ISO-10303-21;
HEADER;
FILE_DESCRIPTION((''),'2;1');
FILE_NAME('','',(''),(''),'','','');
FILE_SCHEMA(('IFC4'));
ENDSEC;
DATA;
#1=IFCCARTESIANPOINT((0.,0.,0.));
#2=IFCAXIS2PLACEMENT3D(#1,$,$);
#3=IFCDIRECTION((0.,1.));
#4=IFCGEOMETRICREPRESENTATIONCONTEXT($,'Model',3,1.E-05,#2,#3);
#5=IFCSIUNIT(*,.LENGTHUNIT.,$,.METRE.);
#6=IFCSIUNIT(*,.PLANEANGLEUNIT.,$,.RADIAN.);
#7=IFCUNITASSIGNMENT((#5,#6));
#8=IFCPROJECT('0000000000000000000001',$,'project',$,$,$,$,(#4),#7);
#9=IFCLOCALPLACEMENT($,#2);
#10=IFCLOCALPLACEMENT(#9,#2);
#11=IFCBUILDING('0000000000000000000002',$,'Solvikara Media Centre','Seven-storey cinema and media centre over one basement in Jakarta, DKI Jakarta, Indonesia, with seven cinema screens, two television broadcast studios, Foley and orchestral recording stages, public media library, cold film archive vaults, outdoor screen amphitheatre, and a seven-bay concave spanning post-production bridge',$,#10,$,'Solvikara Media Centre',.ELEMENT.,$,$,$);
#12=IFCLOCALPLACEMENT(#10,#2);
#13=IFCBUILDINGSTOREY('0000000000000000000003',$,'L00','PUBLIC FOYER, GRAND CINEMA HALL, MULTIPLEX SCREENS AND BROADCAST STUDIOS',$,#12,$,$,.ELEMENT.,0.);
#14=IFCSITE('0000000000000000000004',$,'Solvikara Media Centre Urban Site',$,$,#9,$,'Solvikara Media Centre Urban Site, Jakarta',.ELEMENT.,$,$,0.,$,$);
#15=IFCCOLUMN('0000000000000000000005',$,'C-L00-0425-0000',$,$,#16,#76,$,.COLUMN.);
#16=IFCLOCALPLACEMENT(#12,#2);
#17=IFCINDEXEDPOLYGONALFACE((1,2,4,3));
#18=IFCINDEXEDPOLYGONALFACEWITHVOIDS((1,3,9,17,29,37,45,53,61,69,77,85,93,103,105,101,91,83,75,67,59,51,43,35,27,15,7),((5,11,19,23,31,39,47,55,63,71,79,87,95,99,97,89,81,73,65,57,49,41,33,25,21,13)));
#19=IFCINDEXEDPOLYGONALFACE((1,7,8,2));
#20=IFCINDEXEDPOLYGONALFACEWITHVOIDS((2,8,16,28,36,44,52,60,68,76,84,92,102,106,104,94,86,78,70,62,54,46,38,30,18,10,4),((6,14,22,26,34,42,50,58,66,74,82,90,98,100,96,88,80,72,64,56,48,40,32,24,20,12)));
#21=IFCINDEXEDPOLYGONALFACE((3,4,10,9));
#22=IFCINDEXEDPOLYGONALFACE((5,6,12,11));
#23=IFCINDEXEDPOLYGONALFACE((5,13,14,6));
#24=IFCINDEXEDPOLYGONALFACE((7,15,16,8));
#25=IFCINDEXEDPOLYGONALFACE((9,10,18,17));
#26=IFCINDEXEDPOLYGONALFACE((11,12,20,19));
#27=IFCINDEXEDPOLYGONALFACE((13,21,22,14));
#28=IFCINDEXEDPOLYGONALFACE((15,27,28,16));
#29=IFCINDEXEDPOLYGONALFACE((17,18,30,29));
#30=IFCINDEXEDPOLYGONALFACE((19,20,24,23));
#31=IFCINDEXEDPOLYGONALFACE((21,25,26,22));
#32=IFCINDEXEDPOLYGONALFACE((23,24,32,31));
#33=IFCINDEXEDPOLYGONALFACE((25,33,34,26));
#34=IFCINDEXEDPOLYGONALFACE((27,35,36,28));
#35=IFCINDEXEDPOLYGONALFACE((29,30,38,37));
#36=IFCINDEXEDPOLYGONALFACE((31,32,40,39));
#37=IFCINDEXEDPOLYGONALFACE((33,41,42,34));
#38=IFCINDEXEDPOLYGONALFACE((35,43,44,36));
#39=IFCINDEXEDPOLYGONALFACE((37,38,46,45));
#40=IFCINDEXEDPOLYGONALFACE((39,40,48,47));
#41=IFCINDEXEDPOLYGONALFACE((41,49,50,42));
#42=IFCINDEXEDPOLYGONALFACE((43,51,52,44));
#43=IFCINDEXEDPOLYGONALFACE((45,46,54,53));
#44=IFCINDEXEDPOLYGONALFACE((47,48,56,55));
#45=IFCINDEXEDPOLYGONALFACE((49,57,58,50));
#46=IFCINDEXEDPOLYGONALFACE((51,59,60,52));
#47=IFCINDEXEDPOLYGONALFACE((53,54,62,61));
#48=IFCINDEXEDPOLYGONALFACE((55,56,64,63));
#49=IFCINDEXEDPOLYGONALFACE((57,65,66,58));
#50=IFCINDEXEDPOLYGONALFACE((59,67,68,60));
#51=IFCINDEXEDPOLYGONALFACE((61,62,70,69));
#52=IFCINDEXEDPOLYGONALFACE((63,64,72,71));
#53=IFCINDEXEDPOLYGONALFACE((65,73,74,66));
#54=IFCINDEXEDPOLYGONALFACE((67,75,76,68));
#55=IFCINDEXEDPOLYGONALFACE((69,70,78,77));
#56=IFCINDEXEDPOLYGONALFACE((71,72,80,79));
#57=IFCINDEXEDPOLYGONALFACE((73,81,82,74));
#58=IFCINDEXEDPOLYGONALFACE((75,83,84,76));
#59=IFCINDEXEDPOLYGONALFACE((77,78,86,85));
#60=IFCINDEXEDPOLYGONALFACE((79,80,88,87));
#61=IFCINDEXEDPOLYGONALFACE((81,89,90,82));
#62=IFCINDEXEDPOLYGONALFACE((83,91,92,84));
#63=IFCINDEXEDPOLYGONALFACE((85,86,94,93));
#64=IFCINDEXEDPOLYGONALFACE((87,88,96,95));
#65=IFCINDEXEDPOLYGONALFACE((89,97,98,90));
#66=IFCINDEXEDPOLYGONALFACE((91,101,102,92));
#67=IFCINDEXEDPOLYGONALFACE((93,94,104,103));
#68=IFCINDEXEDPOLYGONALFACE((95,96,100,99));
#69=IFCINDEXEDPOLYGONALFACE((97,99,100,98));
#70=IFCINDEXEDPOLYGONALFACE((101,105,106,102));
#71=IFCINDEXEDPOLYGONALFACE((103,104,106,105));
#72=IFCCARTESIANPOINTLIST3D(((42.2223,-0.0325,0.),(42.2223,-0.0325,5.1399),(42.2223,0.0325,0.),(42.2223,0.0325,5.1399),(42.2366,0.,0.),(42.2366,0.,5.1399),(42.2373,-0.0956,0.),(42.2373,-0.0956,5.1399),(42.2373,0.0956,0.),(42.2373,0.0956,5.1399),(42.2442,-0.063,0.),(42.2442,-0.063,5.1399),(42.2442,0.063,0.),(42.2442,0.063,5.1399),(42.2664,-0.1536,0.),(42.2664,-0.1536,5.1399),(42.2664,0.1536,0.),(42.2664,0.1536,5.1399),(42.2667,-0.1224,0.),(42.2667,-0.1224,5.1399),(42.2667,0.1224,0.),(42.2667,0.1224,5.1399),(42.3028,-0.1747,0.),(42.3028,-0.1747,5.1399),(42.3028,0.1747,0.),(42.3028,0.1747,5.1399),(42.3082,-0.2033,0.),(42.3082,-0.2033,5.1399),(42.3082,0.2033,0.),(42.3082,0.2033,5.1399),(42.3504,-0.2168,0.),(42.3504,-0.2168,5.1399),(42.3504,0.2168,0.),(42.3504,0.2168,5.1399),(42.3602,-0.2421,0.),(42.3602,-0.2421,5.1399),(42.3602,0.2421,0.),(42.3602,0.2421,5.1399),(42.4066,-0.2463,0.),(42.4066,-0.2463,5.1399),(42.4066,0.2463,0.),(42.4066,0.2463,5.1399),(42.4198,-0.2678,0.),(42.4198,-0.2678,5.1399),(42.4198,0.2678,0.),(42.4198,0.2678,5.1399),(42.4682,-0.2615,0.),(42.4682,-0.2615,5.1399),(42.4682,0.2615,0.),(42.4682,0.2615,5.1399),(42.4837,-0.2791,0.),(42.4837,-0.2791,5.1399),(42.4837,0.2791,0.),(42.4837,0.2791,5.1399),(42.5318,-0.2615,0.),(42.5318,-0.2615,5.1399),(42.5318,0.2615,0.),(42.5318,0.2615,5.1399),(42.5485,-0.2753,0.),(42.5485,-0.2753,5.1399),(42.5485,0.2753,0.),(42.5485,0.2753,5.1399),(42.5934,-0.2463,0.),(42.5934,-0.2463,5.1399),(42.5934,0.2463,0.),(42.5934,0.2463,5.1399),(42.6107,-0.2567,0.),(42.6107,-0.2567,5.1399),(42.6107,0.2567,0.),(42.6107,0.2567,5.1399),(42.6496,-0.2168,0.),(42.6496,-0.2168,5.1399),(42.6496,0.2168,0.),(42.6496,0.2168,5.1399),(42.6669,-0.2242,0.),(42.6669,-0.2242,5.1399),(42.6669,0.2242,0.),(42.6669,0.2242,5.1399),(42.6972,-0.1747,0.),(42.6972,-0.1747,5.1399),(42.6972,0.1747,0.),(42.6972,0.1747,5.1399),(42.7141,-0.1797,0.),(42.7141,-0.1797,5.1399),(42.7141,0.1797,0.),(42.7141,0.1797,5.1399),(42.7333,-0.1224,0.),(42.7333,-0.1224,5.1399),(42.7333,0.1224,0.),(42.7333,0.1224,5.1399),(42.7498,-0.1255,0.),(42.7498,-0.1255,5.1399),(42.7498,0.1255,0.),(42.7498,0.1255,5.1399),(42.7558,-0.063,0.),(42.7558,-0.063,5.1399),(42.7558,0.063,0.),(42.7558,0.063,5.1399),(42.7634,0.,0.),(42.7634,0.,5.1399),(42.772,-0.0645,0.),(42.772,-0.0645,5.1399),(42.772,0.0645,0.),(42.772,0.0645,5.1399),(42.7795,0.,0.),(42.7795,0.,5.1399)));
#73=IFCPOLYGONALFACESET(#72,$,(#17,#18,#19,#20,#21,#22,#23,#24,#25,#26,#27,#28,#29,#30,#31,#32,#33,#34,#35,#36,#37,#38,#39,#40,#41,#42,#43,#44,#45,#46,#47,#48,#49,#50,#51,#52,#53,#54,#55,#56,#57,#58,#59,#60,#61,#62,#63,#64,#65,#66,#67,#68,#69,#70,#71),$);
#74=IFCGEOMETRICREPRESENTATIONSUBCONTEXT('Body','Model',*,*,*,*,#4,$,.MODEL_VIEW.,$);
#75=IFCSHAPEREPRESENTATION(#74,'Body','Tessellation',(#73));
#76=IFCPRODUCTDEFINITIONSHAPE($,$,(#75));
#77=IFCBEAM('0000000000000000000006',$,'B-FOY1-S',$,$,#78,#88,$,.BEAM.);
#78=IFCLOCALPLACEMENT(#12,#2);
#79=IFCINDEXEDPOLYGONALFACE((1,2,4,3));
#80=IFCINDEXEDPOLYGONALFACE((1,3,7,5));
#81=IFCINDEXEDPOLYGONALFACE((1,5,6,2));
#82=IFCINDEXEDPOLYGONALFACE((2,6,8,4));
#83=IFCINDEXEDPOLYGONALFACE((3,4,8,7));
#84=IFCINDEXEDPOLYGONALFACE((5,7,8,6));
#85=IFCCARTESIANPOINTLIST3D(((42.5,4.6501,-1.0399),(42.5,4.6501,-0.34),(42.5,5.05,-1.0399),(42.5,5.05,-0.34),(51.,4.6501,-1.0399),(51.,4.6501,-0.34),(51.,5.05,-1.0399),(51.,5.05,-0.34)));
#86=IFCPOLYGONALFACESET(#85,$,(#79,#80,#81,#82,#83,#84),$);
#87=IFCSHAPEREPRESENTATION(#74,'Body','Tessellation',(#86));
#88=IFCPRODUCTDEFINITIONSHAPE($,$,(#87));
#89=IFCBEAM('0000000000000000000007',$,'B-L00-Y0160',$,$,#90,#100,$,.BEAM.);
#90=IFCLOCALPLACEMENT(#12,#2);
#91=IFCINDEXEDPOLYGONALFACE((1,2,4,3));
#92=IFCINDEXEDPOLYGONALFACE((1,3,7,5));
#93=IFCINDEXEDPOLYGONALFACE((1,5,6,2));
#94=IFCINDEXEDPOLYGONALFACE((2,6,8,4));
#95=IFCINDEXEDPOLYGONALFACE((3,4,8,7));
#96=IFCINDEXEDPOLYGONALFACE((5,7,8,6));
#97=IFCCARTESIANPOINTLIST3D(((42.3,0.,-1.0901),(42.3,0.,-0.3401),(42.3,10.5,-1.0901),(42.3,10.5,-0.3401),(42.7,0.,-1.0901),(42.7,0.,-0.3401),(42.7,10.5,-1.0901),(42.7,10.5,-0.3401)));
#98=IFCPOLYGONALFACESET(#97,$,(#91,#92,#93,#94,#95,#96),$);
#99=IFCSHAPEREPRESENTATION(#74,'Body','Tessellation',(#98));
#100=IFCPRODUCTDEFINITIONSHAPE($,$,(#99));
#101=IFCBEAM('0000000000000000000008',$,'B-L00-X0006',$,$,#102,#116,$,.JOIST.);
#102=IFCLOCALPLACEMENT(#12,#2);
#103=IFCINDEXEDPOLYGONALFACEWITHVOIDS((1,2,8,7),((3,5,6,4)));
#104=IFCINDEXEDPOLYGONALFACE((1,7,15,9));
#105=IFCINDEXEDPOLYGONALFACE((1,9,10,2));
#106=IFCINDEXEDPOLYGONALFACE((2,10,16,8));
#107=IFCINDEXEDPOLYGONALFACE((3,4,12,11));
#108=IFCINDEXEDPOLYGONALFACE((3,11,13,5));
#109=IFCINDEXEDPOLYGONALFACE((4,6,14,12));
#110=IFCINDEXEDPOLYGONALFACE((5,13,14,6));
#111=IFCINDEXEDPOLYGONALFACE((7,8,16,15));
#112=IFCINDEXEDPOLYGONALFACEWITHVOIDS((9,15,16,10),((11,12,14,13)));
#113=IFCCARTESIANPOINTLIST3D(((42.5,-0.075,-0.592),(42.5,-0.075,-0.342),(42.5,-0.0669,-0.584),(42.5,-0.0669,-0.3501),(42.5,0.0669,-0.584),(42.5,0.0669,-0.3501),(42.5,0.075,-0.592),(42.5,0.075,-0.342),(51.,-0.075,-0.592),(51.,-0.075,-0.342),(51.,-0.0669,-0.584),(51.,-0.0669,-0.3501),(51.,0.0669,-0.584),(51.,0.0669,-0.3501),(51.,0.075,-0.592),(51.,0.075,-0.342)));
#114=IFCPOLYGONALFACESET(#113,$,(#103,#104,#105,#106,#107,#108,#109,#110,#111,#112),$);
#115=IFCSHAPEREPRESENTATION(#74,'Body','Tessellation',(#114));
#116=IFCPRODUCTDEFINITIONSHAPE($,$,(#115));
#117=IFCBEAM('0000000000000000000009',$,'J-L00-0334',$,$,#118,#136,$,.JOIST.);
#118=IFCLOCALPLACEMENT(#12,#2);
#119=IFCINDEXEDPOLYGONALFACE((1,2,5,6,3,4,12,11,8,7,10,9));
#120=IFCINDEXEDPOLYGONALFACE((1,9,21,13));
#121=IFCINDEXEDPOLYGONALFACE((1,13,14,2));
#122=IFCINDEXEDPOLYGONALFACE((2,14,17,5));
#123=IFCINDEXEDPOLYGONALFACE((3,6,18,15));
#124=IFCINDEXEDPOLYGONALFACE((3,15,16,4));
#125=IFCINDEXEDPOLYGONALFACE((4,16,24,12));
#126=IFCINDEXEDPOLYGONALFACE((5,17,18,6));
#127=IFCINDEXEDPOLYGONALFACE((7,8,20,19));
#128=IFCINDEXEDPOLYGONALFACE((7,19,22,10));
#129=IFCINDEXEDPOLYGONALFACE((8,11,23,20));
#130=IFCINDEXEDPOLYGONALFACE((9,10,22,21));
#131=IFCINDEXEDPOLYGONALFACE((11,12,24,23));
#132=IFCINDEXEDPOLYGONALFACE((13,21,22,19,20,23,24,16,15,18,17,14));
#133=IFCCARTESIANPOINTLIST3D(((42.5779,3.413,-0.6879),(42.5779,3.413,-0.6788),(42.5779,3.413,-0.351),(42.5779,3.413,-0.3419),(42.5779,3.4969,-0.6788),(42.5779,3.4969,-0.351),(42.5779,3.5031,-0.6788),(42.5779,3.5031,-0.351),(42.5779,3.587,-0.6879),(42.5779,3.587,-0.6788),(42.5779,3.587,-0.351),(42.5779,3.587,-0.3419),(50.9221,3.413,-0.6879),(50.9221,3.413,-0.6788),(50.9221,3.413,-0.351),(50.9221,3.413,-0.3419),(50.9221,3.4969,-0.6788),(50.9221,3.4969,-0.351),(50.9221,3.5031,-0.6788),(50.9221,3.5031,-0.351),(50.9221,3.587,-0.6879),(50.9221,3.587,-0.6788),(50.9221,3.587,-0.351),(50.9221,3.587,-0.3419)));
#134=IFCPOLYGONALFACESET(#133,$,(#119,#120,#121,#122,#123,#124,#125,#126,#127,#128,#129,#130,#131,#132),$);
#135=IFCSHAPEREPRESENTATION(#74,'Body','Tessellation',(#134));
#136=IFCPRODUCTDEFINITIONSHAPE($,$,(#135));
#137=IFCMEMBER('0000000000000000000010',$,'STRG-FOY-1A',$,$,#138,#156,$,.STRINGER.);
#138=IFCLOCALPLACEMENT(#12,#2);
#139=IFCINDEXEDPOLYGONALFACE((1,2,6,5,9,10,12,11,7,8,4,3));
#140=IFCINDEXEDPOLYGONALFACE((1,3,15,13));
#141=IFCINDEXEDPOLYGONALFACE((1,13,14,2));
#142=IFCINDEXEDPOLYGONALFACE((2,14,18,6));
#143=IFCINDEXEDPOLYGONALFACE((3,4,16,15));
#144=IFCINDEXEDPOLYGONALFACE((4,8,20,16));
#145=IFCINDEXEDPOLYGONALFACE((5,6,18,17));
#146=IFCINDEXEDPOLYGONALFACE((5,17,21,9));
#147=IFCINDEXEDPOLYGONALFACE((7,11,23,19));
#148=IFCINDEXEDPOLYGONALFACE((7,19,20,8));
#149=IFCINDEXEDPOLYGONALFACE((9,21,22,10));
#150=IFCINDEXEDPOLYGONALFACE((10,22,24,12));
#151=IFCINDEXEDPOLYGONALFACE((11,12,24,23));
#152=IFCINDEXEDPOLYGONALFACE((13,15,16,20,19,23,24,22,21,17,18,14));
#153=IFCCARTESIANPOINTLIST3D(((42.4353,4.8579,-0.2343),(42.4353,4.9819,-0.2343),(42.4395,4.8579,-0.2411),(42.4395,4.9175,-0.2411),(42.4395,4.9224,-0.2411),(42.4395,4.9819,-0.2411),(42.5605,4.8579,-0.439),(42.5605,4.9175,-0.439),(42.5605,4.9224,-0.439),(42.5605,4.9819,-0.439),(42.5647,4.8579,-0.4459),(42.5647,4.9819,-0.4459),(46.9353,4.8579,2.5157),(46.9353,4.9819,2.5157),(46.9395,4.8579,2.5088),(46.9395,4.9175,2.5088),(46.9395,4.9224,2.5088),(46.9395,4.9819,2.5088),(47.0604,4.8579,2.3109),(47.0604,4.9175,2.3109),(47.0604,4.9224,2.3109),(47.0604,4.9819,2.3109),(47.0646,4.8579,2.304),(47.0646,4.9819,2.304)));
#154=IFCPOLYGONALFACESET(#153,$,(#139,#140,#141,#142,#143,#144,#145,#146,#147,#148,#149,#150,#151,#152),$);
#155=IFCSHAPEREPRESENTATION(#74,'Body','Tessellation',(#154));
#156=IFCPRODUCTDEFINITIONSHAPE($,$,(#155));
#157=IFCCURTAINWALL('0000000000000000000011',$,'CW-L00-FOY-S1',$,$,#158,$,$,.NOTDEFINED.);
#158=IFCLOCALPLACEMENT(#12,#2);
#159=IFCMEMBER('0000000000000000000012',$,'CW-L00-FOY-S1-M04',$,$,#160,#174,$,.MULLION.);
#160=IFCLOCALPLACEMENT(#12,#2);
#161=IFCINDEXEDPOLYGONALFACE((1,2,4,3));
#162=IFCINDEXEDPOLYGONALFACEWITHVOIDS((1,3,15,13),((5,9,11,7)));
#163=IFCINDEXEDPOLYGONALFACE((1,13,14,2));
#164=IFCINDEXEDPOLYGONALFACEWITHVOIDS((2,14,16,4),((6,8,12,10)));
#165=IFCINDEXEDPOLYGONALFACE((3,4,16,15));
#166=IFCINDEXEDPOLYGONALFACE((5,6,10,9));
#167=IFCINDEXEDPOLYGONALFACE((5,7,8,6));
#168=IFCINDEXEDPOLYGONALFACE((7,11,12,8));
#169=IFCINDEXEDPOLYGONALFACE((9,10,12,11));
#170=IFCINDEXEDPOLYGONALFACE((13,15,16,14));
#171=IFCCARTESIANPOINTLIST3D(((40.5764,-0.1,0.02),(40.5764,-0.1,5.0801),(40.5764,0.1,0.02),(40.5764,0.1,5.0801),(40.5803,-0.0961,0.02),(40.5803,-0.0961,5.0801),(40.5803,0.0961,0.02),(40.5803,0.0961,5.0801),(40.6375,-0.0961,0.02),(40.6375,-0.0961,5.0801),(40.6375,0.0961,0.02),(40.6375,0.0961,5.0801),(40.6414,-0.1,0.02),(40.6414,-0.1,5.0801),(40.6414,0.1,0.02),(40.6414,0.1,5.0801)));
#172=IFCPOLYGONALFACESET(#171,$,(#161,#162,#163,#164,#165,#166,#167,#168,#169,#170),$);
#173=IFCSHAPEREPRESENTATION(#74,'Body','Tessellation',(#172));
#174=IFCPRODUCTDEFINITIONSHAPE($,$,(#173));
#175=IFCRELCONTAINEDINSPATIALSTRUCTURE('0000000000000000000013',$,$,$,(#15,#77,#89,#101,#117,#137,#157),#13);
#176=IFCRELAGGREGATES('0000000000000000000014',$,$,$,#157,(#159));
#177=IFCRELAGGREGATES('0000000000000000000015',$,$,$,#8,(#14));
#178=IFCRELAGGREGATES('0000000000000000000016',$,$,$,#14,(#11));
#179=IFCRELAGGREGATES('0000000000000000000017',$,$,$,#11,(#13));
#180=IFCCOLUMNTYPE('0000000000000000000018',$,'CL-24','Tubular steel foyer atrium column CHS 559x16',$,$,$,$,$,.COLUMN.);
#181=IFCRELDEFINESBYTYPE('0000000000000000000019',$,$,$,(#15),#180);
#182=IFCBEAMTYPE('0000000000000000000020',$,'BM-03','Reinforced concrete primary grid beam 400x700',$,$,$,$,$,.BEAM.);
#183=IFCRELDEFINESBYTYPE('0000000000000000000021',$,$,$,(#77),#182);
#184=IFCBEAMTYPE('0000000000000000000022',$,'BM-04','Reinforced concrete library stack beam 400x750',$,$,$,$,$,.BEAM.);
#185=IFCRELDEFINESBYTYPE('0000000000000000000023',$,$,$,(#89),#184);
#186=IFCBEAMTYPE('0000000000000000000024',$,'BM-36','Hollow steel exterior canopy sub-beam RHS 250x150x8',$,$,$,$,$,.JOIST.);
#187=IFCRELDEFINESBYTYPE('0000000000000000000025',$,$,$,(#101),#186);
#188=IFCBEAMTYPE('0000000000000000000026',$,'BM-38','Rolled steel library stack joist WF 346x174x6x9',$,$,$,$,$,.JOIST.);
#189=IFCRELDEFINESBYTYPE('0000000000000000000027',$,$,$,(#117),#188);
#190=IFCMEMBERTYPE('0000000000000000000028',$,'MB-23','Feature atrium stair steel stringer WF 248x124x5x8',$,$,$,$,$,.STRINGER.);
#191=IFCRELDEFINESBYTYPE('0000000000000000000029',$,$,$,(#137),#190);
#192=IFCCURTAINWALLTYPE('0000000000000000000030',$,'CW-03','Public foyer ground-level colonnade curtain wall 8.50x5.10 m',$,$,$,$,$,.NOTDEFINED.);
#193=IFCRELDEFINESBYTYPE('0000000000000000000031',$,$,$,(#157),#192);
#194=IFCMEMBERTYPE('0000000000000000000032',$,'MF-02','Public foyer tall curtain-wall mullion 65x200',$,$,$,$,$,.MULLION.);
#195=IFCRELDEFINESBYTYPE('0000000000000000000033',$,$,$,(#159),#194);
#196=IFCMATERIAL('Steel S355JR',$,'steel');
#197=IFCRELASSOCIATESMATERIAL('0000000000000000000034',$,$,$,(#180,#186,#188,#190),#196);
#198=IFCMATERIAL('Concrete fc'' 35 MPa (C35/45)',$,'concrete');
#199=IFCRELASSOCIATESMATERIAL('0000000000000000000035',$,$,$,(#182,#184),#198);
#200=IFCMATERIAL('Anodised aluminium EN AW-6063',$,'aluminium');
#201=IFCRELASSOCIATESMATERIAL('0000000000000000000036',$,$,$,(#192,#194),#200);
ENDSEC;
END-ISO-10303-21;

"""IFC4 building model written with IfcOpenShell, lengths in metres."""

from ifc_helpers import new_model, si_unit, direction, frame, origin, origin_2d, place, context, subcontext, project, spatial, rectangle, hollow_rectangle, hollow_circle, i_section, extrude, material, material_profile, profile_set, type_object, element, aggregate, save


model = new_model("IFC4")

# Units and contexts
model_context = context("Model", 3, precision=1e-05, world=origin(), true_north=direction((0.0, 1.0)))
body_context = subcontext(model_context, "Body", "Model", "MODEL_VIEW")
ifc_project = project(units=[si_unit("LENGTHUNIT", "METRE"), si_unit("PLANEANGLEUNIT", "RADIAN")], contexts=[model_context])

# Site, building, storey
site_placement = place(None, origin())
site = spatial("IfcSite", under=ifc_project, at=site_placement, Name="Solvikara Media Centre Urban Site", LongName="Solvikara Media Centre Urban Site, Jakarta", CompositionType="ELEMENT", RefElevation=0.0)
building_placement = place(site_placement, origin())
building = spatial("IfcBuilding", under=site, at=building_placement, Name="Solvikara Media Centre", Description="Seven-storey cinema and media centre over one basement in Jakarta, DKI Jakarta, Indonesia, with seven cinema screens, two television broadcast studios, Foley and orchestral recording stages, public media library, cold film archive vaults, outdoor screen amphitheatre, and a seven-bay concave spanning post-production bridge", LongName="Solvikara Media Centre", CompositionType="ELEMENT")
storey_placement = place(building_placement, origin())
storey = spatial("IfcBuildingStorey", under=building, at=storey_placement, Name="L00", Description="PUBLIC FOYER, GRAND CINEMA HALL, MULTIPLEX SCREENS AND BROADCAST STUDIOS", CompositionType="ELEMENT", Elevation=0.0)

# Column
ifc_material_1 = material(Name="Steel S355JR", Category="steel")
ifc_material_profile_1 = material_profile(ifc_material_1, hollow_circle(Radius=0.2795, WallThickness=0.0161, at=origin_2d()), Name="CHS 559x16")
ifc_profile_set_1 = profile_set([ifc_material_profile_1], Name="Steel S355JR")
column_type = type_object("IfcColumnType", Name="CL-24", Description="Tubular steel foyer atrium column CHS 559x16", PredefinedType="COLUMN", material=ifc_profile_set_1)
column_placement = place(storey_placement, frame((42.5, 0.0, 0.0), z_axis=(0.0, 0.0, 1.0), x_axis=(1.0, 0.0, 0.0)))
element("IfcColumn", 1, at=column_placement, inside=storey, type_object=column_type, Name="C-L00-0425-0000", PredefinedType="COLUMN", context=body_context, shape_type="SweptSolid", body=[
    extrude(hollow_circle(Radius=0.2795, WallThickness=0.0161, at=origin_2d()), origin(), (0.0, 0.0, 1.0), 5.1399),
])

# Beams
ifc_material_2 = material(Name="Concrete fc' 35 MPa (C35/45)", Category="concrete")
ifc_material_profile_2 = material_profile(ifc_material_2, rectangle(XDim=0.3999, YDim=0.7, at=origin_2d()), Name="RC 400x700")
ifc_profile_set_2 = profile_set([ifc_material_profile_2], Name="Concrete fc' 35 MPa (C35/45)")
beam_type_1 = type_object("IfcBeamType", Name="BM-03", Description="Reinforced concrete primary grid beam 400x700", PredefinedType="BEAM", material=ifc_profile_set_2)
beam_1_placement = place(storey_placement, frame((42.5, 4.8501, -0.6899), z_axis=(1.0, 0.0, 0.0), x_axis=(0.0, 1.0, 0.0)))
element("IfcBeam", 2, at=beam_1_placement, inside=storey, type_object=beam_type_1, Name="B-FOY1-S", PredefinedType="BEAM", context=body_context, shape_type="SweptSolid", body=[
    extrude(rectangle(XDim=0.3999, YDim=0.7, at=origin_2d()), origin(), (0.0, 0.0, 1.0), 8.5),
])
ifc_material_profile_3 = material_profile(ifc_material_2, rectangle(XDim=0.3999, YDim=0.75, at=origin_2d()), Name="RC 400x750")
ifc_profile_set_3 = profile_set([ifc_material_profile_3], Name="Concrete fc' 35 MPa (C35/45)")
beam_type_2 = type_object("IfcBeamType", Name="BM-04", Description="Reinforced concrete library stack beam 400x750", PredefinedType="BEAM", material=ifc_profile_set_3)
beam_2_placement = place(storey_placement, frame((42.5, 0.0, -0.7151), z_axis=(0.0, 1.0, 0.0), x_axis=(-1.0, 0.0, 0.0)))
element("IfcBeam", 3, at=beam_2_placement, inside=storey, type_object=beam_type_2, Name="B-L00-Y0160", PredefinedType="BEAM", context=body_context, shape_type="SweptSolid", body=[
    extrude(rectangle(XDim=0.3999, YDim=0.75, at=origin_2d()), origin(), (0.0, 0.0, 1.0), 10.5),
])
ifc_material_profile_4 = material_profile(ifc_material_1, hollow_rectangle(XDim=0.1499, YDim=0.25, WallThickness=0.0081, at=origin_2d()), Name="RHS 250x150x8")
ifc_profile_set_4 = profile_set([ifc_material_profile_4], Name="Steel S355JR")
beam_type_3 = type_object("IfcBeamType", Name="BM-36", Description="Hollow steel exterior canopy sub-beam RHS 250x150x8", PredefinedType="JOIST", material=ifc_profile_set_4)
beam_3_placement = place(storey_placement, frame((42.5, 0.0, -0.467), z_axis=(1.0, 0.0, 0.0), x_axis=(0.0, 1.0, 0.0)))
element("IfcBeam", 4, at=beam_3_placement, inside=storey, type_object=beam_type_3, Name="B-L00-X0006", PredefinedType="JOIST", context=body_context, shape_type="SweptSolid", body=[
    extrude(hollow_rectangle(XDim=0.1499, YDim=0.25, WallThickness=0.0081, at=origin_2d()), origin(), (0.0, 0.0, 1.0), 8.5),
])
ifc_material_profile_5 = material_profile(ifc_material_1, i_section(OverallWidth=0.1741, OverallDepth=0.3459, WebThickness=0.0061, FlangeThickness=0.009, at=origin_2d()), Name="WF 346x174x6x9")
ifc_profile_set_5 = profile_set([ifc_material_profile_5], Name="Steel S355JR")
beam_type_4 = type_object("IfcBeamType", Name="BM-38", Description="Rolled steel library stack joist WF 346x174x6x9", PredefinedType="JOIST", material=ifc_profile_set_5)
beam_4_placement = place(storey_placement, frame((42.5779, 3.5, -0.5149), z_axis=(1.0, 0.0, 0.0), x_axis=(0.0, 1.0, 0.0)))
element("IfcBeam", 5, at=beam_4_placement, inside=storey, type_object=beam_type_4, Name="J-L00-0334", PredefinedType="JOIST", context=body_context, shape_type="SweptSolid", body=[
    extrude(i_section(OverallWidth=0.1741, OverallDepth=0.3459, WebThickness=0.0061, FlangeThickness=0.009, at=origin_2d()), origin(), (0.0, 0.0, 1.0), 8.3442),
])

# Member
ifc_material_profile_6 = material_profile(ifc_material_1, i_section(OverallWidth=0.124, OverallDepth=0.248, WebThickness=0.0049, FlangeThickness=0.0081, at=origin_2d()), Name="WF 248x124x5x8")
ifc_profile_set_6 = profile_set([ifc_material_profile_6], Name="Steel S355JR")
member_type_1 = type_object("IfcMemberType", Name="MB-23", Description="Feature atrium stair steel stringer WF 248x124x5x8", PredefinedType="STRINGER", material=ifc_profile_set_6)
member_1_placement = place(storey_placement, frame((42.5, 4.9199, -0.3401), z_axis=(0.853282, 0.0, 0.52145), x_axis=(0.0, 1.0, 0.0)))
element("IfcMember", 6, at=member_1_placement, inside=storey, type_object=member_type_1, Name="STRG-FOY-1A", PredefinedType="STRINGER", context=body_context, shape_type="SweptSolid", body=[
    extrude(i_section(OverallWidth=0.124, OverallDepth=0.248, WebThickness=0.0049, FlangeThickness=0.0081, at=origin_2d()), origin(), (0.0, 0.0, 1.0), 5.2737),
])

# Curtain wall, member
ifc_material_3 = material(Name="Anodised aluminium EN AW-6063", Category="aluminium")
curtain_wall_type = type_object("IfcCurtainWallType", Name="CW-03", Description="Public foyer ground-level colonnade curtain wall 8.50x5.10 m", PredefinedType="NOTDEFINED", material=ifc_material_3)
curtain_wall_1_placement = place(storey_placement, origin())
curtain_wall_1 = element("IfcCurtainWall", 7, at=curtain_wall_1_placement, inside=storey, type_object=curtain_wall_type, Name="CW-L00-FOY-S1", PredefinedType="NOTDEFINED")
ifc_material_profile_7 = material_profile(ifc_material_3, hollow_rectangle(XDim=0.0649, YDim=0.2, WallThickness=0.0039, at=origin_2d()), Name="ALU-M 65x200x4")
ifc_profile_set_7 = profile_set([ifc_material_profile_7], Name="Anodised aluminium EN AW-6063")
member_type_2 = type_object("IfcMemberType", Name="MF-02", Description="Public foyer tall curtain-wall mullion 65x200", PredefinedType="MULLION", material=ifc_profile_set_7)
member_2_placement = place(storey_placement, frame((40.6089, 0.0, 0.02), z_axis=(0.0, 0.0, 1.0), x_axis=(1.0, 0.0, 0.0)))
member_2 = element("IfcMember", 8, at=member_2_placement, type_object=member_type_2, Name="CW-L00-FOY-S1-M04", PredefinedType="MULLION", context=body_context, shape_type="SweptSolid", body=[
    extrude(hollow_rectangle(XDim=0.0649, YDim=0.2, WallThickness=0.0039, at=origin_2d()), origin(), (0.0, 0.0, 1.0), 5.0601),
])

aggregate(curtain_wall_1, [member_2])

save(model, "model.ifc")
